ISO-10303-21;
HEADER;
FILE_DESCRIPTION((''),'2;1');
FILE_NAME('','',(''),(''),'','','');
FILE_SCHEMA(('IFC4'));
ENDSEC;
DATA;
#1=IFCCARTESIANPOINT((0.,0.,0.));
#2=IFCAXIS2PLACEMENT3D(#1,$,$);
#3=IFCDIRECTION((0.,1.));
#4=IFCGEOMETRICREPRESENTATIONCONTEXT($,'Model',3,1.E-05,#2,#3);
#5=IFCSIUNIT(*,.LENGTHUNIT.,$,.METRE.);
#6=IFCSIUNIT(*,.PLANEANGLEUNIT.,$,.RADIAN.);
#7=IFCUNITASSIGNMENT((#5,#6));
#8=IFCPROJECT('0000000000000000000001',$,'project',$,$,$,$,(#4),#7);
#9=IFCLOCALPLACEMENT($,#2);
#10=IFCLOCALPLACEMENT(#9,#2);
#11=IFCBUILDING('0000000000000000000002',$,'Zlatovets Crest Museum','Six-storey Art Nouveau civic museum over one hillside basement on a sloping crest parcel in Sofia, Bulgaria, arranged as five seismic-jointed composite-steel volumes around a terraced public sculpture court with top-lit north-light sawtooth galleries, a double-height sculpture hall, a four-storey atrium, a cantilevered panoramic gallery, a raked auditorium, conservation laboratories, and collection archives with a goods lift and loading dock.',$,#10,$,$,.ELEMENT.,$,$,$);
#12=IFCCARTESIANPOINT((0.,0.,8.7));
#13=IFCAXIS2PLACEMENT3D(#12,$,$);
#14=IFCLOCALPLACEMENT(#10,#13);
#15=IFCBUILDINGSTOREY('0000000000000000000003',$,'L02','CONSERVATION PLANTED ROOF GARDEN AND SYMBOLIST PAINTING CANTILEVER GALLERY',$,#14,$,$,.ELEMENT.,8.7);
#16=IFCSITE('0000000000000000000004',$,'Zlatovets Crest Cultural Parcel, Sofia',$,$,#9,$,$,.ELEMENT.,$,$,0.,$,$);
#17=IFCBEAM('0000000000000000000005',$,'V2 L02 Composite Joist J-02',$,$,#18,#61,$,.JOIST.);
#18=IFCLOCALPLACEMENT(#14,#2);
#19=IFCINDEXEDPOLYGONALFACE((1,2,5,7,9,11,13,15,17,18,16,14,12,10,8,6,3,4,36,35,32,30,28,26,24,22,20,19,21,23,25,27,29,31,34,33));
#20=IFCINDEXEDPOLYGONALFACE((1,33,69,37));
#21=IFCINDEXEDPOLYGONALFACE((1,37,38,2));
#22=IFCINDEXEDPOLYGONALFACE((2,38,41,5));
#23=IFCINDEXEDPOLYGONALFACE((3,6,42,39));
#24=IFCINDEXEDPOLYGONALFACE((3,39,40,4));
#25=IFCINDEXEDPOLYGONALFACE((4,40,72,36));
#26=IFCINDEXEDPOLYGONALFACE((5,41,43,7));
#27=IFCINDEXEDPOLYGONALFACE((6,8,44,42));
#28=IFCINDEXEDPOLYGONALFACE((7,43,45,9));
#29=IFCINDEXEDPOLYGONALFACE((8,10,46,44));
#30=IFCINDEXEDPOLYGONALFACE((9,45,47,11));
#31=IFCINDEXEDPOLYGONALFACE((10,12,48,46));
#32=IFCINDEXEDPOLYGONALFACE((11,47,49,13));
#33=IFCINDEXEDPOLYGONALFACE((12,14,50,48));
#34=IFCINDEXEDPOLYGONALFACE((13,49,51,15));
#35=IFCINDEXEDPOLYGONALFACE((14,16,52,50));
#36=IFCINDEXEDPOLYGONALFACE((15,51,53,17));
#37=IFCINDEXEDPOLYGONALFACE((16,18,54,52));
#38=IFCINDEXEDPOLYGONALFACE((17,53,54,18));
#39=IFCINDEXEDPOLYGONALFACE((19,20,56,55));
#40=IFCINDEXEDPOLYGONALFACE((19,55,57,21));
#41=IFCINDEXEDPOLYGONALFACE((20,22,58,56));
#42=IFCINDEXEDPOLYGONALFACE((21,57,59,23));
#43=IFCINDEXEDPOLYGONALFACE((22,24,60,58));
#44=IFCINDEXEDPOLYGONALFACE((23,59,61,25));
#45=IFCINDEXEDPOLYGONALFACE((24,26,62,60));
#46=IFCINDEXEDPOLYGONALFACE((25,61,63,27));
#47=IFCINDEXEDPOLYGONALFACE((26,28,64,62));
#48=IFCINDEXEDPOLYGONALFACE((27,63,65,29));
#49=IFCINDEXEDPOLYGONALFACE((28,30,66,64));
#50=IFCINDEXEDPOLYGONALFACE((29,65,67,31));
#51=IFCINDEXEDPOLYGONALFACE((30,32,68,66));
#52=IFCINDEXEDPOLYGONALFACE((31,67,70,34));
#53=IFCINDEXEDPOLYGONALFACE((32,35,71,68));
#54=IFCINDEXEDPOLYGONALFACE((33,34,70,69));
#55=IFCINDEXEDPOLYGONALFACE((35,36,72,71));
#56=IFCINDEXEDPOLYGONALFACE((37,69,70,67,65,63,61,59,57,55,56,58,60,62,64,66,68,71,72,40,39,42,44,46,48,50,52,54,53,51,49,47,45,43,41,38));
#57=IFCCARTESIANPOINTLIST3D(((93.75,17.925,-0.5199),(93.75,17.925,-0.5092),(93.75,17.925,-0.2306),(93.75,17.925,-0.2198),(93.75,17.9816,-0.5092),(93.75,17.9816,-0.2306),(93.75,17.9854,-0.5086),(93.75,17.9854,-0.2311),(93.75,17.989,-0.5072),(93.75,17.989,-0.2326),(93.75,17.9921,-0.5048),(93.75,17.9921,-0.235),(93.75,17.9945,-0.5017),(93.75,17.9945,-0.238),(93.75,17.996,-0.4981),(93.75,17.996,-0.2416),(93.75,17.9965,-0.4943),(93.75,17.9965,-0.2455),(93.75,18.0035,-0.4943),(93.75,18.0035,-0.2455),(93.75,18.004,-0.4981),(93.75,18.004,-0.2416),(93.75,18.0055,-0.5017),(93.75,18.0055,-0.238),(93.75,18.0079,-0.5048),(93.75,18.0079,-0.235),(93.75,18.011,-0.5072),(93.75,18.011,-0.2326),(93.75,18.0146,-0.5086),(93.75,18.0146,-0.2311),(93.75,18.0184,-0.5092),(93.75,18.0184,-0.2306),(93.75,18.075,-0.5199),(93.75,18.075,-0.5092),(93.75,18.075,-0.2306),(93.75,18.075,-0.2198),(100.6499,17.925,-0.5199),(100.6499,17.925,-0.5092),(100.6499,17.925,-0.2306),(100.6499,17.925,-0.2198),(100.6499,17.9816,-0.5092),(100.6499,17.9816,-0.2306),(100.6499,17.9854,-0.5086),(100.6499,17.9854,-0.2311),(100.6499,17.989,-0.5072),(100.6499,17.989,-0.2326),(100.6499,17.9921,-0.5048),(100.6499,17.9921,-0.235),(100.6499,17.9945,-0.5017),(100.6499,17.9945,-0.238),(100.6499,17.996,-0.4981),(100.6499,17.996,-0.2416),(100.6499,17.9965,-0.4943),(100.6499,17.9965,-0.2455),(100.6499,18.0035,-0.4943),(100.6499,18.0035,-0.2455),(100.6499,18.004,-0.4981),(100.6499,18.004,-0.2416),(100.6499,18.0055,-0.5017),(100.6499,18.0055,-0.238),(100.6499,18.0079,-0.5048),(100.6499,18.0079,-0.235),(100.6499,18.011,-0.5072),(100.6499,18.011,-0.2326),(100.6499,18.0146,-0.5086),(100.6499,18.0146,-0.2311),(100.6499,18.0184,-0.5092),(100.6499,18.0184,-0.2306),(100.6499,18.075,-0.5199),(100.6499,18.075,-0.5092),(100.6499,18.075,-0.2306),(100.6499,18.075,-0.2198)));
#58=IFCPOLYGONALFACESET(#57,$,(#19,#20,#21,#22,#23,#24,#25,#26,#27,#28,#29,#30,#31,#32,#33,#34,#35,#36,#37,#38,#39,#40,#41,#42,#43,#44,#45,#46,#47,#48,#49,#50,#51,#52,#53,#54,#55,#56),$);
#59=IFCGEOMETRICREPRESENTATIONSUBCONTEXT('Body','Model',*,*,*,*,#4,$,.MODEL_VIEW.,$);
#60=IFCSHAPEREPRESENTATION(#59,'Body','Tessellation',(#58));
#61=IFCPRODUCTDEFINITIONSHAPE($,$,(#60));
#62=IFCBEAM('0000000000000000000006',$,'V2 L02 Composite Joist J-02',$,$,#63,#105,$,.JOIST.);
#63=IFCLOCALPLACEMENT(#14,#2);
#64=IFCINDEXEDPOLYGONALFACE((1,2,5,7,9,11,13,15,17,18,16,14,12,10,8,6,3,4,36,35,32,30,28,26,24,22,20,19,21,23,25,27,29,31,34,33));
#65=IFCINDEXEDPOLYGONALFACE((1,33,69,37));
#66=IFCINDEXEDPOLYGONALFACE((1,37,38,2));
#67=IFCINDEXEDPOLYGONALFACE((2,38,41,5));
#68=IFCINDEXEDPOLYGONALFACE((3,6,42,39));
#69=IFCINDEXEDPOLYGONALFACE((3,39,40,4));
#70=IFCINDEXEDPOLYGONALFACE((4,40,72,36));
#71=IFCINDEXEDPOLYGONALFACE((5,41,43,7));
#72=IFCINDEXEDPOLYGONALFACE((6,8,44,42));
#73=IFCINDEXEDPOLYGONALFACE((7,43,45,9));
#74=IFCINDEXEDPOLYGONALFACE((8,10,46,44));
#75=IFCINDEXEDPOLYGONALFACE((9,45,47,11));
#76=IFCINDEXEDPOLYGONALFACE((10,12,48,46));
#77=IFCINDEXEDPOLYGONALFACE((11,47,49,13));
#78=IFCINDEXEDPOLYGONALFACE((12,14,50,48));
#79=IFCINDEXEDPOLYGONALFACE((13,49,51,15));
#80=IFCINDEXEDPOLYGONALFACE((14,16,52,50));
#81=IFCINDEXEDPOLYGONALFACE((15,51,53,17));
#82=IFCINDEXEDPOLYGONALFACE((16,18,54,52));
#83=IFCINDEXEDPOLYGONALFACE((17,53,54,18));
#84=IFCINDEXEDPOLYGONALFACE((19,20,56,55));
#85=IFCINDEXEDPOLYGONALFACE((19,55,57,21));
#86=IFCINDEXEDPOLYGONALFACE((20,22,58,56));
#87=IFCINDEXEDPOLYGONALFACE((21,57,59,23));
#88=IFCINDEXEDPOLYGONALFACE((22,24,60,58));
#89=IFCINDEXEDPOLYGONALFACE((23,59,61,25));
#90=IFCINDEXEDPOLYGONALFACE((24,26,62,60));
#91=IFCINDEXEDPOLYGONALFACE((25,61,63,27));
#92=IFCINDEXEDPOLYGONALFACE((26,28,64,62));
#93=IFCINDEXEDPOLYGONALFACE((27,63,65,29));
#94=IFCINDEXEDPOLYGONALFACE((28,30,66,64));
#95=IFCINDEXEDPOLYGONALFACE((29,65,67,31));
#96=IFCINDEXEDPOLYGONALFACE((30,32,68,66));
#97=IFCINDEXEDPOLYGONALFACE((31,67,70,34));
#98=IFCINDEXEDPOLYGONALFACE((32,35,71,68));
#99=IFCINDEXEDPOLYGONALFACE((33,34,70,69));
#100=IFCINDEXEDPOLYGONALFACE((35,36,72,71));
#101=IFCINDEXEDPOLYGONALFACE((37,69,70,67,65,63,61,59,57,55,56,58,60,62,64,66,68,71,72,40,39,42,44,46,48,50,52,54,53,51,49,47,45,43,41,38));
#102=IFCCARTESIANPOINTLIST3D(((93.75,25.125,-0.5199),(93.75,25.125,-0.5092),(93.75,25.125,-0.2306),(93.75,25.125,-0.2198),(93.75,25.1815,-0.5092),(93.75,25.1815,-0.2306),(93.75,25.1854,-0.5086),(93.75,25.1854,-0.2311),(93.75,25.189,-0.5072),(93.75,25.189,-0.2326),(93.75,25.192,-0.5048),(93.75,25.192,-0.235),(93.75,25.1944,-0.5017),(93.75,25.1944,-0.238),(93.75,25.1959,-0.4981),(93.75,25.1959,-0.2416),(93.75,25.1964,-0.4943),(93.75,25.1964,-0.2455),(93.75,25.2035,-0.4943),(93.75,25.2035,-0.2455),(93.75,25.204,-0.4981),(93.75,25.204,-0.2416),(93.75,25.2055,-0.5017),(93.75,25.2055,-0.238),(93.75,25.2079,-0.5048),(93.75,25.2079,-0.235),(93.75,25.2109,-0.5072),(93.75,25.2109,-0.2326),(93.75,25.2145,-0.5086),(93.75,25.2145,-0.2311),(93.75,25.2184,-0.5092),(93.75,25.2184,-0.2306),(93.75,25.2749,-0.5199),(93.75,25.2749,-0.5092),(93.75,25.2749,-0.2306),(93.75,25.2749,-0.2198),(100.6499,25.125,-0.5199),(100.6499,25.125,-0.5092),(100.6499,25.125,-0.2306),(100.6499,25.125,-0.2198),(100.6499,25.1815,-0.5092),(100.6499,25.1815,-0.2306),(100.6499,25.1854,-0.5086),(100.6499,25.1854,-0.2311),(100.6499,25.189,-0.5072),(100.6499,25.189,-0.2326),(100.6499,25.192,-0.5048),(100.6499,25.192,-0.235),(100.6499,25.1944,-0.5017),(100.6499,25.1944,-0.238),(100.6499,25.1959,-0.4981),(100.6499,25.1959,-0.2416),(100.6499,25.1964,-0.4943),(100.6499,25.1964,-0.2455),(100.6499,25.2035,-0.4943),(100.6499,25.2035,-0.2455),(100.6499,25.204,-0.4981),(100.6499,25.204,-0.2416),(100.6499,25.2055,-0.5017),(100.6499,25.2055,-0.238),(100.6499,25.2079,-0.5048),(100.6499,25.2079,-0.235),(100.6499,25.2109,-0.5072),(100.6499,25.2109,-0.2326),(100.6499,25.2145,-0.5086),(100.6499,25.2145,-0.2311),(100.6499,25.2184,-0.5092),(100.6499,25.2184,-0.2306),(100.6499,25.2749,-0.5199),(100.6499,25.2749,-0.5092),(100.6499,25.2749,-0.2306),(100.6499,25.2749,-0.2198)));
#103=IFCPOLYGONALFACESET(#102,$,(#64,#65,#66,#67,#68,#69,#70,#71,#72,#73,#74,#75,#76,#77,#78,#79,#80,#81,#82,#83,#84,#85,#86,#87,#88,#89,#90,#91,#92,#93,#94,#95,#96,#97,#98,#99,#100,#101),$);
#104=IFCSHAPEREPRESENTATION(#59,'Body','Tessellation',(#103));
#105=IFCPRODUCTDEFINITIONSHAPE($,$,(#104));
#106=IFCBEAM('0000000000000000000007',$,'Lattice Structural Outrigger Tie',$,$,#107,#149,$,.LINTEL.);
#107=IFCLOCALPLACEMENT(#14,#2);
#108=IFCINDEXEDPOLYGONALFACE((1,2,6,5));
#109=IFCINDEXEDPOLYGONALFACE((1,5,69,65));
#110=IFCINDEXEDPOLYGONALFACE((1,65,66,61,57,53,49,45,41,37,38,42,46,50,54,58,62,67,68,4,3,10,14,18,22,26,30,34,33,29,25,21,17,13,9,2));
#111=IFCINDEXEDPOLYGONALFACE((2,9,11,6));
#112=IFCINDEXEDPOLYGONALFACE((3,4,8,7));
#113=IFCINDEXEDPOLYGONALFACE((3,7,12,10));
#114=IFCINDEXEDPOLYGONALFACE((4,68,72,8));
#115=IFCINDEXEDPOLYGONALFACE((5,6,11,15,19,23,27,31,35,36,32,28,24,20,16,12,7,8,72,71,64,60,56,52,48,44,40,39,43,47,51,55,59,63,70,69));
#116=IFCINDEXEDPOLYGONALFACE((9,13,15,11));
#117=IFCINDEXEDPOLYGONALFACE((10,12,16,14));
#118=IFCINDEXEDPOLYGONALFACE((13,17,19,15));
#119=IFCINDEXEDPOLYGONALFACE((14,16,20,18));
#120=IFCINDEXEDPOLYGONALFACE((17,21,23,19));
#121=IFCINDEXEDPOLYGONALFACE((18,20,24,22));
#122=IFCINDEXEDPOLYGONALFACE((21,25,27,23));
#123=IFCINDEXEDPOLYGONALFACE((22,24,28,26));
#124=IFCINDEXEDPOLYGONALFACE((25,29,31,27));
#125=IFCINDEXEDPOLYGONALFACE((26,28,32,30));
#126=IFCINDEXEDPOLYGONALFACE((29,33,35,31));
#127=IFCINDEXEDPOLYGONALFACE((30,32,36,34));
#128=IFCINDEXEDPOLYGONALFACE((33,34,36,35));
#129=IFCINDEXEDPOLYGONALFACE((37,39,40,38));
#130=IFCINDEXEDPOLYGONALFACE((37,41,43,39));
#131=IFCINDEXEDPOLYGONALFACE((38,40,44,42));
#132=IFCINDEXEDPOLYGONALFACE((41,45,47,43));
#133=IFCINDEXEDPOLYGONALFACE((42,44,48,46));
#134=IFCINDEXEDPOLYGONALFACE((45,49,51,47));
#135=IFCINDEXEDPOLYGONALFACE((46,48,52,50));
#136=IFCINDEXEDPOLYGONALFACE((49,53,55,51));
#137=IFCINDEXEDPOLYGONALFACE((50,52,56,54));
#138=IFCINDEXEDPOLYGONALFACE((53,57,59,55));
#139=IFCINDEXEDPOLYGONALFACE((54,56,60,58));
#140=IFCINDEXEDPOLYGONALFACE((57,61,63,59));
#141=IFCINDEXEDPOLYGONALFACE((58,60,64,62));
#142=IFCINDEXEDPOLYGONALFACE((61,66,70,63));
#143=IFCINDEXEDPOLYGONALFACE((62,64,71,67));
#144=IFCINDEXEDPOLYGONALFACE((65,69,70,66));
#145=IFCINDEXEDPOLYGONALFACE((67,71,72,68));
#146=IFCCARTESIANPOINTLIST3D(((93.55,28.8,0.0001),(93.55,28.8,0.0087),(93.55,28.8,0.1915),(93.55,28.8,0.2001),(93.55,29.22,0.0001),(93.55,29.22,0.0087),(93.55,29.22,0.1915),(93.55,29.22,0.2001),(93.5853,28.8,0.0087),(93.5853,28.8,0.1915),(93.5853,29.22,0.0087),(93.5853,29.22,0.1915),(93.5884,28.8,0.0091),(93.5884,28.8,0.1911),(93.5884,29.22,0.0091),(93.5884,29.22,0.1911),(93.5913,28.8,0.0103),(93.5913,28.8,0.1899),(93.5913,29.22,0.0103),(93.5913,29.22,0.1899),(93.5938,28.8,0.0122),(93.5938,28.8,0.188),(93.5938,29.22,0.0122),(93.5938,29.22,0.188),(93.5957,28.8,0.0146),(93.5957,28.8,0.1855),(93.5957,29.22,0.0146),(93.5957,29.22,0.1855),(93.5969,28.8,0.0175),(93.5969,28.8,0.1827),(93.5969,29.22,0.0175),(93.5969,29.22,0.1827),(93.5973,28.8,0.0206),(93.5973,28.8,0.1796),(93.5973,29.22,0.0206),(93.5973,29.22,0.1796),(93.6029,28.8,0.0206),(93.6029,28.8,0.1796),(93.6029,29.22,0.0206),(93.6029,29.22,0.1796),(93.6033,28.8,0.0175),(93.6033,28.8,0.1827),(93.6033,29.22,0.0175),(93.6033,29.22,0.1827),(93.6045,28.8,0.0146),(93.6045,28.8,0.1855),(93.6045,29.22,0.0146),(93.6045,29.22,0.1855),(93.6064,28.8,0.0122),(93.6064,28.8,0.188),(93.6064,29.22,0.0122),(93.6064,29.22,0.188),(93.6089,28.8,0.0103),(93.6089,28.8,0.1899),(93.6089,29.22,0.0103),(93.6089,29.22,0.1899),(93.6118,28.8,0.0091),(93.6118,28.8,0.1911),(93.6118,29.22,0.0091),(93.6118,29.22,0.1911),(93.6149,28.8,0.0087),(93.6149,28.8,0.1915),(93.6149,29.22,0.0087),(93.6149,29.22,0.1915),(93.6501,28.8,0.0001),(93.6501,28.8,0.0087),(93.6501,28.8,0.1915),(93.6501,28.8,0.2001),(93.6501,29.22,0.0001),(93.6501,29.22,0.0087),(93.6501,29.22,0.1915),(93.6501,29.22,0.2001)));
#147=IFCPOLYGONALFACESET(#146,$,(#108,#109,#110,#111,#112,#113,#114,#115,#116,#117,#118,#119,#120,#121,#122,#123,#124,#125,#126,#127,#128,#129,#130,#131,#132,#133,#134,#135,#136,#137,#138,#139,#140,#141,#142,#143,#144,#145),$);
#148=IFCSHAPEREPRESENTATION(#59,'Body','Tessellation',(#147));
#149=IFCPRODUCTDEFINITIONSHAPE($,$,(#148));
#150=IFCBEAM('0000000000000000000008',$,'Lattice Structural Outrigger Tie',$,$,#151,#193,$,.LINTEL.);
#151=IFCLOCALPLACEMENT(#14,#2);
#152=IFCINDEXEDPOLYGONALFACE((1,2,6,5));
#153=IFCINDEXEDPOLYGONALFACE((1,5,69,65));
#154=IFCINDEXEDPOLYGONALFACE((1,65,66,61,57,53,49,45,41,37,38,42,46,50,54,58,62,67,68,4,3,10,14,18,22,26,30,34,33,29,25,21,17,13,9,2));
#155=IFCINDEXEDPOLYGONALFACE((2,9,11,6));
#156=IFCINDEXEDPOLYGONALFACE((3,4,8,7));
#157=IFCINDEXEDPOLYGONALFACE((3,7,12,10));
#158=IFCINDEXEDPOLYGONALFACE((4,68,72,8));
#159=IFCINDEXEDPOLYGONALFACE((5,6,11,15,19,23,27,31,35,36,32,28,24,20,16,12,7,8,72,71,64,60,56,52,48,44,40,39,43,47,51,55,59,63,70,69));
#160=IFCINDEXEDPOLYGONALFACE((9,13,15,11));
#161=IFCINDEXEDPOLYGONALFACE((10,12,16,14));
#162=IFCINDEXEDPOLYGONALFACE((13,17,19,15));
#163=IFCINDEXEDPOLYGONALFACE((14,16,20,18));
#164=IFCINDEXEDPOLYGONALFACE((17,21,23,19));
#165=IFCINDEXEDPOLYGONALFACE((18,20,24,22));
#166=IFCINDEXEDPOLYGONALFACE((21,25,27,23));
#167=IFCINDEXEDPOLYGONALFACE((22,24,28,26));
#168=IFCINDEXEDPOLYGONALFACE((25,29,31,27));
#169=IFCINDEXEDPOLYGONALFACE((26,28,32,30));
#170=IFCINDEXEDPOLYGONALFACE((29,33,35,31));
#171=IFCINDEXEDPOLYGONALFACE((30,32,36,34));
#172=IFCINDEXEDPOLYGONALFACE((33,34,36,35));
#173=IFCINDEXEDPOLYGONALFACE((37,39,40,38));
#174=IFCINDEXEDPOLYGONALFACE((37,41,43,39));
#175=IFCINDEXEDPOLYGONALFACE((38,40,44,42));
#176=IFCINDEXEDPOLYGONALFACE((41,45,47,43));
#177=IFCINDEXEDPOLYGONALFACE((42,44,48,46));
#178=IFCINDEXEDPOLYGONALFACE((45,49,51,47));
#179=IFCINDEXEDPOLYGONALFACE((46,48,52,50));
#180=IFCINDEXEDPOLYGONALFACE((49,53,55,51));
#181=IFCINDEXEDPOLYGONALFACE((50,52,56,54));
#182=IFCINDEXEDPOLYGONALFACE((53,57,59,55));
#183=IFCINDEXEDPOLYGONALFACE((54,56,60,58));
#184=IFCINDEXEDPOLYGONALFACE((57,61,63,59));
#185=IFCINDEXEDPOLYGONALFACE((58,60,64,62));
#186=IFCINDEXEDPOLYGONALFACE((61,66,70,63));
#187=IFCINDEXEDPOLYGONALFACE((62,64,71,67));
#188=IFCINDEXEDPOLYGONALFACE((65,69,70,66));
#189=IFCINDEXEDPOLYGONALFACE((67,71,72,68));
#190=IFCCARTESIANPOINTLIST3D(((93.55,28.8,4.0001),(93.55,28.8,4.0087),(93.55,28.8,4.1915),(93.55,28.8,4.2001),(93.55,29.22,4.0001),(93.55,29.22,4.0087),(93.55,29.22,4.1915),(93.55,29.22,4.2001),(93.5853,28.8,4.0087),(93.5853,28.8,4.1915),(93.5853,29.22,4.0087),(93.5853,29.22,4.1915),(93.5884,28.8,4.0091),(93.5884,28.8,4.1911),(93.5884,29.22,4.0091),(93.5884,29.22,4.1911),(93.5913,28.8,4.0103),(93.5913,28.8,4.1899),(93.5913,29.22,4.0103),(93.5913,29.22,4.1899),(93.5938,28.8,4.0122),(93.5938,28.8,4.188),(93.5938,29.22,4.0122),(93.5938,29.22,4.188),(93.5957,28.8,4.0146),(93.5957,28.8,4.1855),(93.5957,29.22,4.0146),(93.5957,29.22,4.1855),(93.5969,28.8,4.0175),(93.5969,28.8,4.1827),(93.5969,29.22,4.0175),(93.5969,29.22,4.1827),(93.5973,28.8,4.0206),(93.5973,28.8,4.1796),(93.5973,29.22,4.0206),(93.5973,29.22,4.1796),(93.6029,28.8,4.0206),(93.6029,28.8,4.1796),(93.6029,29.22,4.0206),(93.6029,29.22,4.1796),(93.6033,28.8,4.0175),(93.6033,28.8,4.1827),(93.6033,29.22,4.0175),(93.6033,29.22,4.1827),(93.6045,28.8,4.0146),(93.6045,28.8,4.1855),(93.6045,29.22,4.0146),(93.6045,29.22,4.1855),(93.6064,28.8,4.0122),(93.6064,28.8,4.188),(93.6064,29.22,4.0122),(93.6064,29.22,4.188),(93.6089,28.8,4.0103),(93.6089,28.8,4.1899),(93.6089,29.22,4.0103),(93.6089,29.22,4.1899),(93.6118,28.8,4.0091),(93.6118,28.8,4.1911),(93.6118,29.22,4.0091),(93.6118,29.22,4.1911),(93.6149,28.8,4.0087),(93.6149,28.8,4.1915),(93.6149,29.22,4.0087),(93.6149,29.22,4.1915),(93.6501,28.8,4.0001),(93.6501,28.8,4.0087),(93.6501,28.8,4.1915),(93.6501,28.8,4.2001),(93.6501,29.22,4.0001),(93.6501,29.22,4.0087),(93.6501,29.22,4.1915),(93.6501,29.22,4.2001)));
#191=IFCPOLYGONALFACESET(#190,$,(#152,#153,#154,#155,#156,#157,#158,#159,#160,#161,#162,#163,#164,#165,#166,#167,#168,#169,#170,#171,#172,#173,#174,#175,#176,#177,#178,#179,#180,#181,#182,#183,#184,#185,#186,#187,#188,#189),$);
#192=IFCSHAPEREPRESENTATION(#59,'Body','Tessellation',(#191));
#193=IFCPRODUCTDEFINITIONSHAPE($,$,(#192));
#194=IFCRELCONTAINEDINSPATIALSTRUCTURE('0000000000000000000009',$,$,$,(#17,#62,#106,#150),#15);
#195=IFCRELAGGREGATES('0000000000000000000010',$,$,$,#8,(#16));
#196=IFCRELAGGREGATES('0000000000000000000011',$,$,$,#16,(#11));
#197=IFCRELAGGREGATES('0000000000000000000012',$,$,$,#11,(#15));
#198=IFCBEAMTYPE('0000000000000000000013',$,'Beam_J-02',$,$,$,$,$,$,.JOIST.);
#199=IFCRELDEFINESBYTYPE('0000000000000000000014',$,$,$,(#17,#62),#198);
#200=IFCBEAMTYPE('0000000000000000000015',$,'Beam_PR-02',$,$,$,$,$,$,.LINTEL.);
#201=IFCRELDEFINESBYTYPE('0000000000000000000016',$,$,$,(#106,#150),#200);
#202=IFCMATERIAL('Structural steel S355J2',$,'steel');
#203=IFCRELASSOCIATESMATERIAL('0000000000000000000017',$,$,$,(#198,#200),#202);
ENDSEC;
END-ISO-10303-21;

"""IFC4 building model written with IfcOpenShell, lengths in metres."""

from ifc_helpers import new_model, si_unit, direction, frame, origin, origin_2d, place, context, subcontext, project, spatial, i_section, extrude, material, material_profile, profile_set, type_object, element, save


model = new_model("IFC4")

# Units and contexts
model_context = context("Model", 3, precision=1e-05, world=origin(), true_north=direction((0.0, 1.0)))
body_context = subcontext(model_context, "Body", "Model", "MODEL_VIEW")
ifc_project = project(units=[si_unit("LENGTHUNIT", "METRE"), si_unit("PLANEANGLEUNIT", "RADIAN")], contexts=[model_context])

# Site, building, storey
site_placement = place(None, origin())
site = spatial("IfcSite", under=ifc_project, at=site_placement, Name="Zlatovets Crest Cultural Parcel, Sofia", CompositionType="ELEMENT", RefElevation=0.0)
building_placement = place(site_placement, origin())
building = spatial("IfcBuilding", under=site, at=building_placement, Name="Zlatovets Crest Museum", Description="Six-storey Art Nouveau civic museum over one hillside basement on a sloping crest parcel in Sofia, Bulgaria, arranged as five seismic-jointed composite-steel volumes around a terraced public sculpture court with top-lit north-light sawtooth galleries, a double-height sculpture hall, a four-storey atrium, a cantilevered panoramic gallery, a raked auditorium, conservation laboratories, and collection archives with a goods lift and loading dock.", CompositionType="ELEMENT")
storey_placement = place(building_placement, frame((0.0, 0.0, 8.7)))
storey = spatial("IfcBuildingStorey", under=building, at=storey_placement, Name="L02", Description="CONSERVATION PLANTED ROOF GARDEN AND SYMBOLIST PAINTING CANTILEVER GALLERY", CompositionType="ELEMENT", Elevation=8.7)

# Shared definitions
ifc_material_1 = material(Name="Structural steel S355J2", Category="steel")

# Beams
ifc_material_profile_1 = material_profile(ifc_material_1, i_section(OverallWidth=0.1499, OverallDepth=0.3, WebThickness=0.0071, FlangeThickness=0.0107, FilletRadius=0.0149, at=origin_2d()), Name="IPE 300")
ifc_profile_set_1 = profile_set([ifc_material_profile_1], Name="Structural steel S355J2")
beam_type_1 = type_object("IfcBeamType", Name="Beam_J-02", PredefinedType="JOIST", material=ifc_profile_set_1)
for number, where, z_axis, x_axis, name in (
    (1, (93.75, 18.0, -0.3699), (1.0, 0.0, 0.0), (0.0, 1.0, 0.0), "V2 L02 Composite Joist J-02"),
    (2, (93.75, 25.2, -0.3699), (1.0, 0.0, 0.0), (0.0, 1.0, 0.0), "V2 L02 Composite Joist J-02"),
):
    element("IfcBeam", number, at=place(storey_placement, frame(where, z_axis=z_axis, x_axis=x_axis)), inside=storey, type_object=beam_type_1, Name=name, PredefinedType="JOIST", context=body_context, shape_type="SweptSolid", body=[
        extrude(i_section(OverallWidth=0.1499, OverallDepth=0.3, WebThickness=0.0071, FlangeThickness=0.0107, FilletRadius=0.0149, at=origin_2d()), origin(), (0.0, 0.0, 1.0), 6.8999),
    ])
ifc_material_profile_2 = material_profile(ifc_material_1, i_section(OverallWidth=0.1001, OverallDepth=0.2, WebThickness=0.0056, FlangeThickness=0.0085, FilletRadius=0.012, at=origin_2d()), Name="IPE 200")
ifc_profile_set_2 = profile_set([ifc_material_profile_2], Name="Structural steel S355J2")
beam_type_2 = type_object("IfcBeamType", Name="Beam_PR-02", PredefinedType="LINTEL", material=ifc_profile_set_2)
for number, where, z_axis, x_axis, name in (
    (3, (93.6001, 28.8, 0.1001), (0.0, 1.0, 0.0), (-1.0, 0.0, 0.0), "Lattice Structural Outrigger Tie"),
    (4, (93.6001, 28.8, 4.1001), (0.0, 1.0, 0.0), (-1.0, 0.0, 0.0), "Lattice Structural Outrigger Tie"),
):
    element("IfcBeam", number, at=place(storey_placement, frame(where, z_axis=z_axis, x_axis=x_axis)), inside=storey, type_object=beam_type_2, Name=name, PredefinedType="LINTEL", context=body_context, shape_type="SweptSolid", body=[
        extrude(i_section(OverallWidth=0.1001, OverallDepth=0.2, WebThickness=0.0056, FlangeThickness=0.0085, FilletRadius=0.012, at=origin_2d()), origin(), (0.0, 0.0, 1.0), 0.4199),
    ])

save(model, "model.ifc")
